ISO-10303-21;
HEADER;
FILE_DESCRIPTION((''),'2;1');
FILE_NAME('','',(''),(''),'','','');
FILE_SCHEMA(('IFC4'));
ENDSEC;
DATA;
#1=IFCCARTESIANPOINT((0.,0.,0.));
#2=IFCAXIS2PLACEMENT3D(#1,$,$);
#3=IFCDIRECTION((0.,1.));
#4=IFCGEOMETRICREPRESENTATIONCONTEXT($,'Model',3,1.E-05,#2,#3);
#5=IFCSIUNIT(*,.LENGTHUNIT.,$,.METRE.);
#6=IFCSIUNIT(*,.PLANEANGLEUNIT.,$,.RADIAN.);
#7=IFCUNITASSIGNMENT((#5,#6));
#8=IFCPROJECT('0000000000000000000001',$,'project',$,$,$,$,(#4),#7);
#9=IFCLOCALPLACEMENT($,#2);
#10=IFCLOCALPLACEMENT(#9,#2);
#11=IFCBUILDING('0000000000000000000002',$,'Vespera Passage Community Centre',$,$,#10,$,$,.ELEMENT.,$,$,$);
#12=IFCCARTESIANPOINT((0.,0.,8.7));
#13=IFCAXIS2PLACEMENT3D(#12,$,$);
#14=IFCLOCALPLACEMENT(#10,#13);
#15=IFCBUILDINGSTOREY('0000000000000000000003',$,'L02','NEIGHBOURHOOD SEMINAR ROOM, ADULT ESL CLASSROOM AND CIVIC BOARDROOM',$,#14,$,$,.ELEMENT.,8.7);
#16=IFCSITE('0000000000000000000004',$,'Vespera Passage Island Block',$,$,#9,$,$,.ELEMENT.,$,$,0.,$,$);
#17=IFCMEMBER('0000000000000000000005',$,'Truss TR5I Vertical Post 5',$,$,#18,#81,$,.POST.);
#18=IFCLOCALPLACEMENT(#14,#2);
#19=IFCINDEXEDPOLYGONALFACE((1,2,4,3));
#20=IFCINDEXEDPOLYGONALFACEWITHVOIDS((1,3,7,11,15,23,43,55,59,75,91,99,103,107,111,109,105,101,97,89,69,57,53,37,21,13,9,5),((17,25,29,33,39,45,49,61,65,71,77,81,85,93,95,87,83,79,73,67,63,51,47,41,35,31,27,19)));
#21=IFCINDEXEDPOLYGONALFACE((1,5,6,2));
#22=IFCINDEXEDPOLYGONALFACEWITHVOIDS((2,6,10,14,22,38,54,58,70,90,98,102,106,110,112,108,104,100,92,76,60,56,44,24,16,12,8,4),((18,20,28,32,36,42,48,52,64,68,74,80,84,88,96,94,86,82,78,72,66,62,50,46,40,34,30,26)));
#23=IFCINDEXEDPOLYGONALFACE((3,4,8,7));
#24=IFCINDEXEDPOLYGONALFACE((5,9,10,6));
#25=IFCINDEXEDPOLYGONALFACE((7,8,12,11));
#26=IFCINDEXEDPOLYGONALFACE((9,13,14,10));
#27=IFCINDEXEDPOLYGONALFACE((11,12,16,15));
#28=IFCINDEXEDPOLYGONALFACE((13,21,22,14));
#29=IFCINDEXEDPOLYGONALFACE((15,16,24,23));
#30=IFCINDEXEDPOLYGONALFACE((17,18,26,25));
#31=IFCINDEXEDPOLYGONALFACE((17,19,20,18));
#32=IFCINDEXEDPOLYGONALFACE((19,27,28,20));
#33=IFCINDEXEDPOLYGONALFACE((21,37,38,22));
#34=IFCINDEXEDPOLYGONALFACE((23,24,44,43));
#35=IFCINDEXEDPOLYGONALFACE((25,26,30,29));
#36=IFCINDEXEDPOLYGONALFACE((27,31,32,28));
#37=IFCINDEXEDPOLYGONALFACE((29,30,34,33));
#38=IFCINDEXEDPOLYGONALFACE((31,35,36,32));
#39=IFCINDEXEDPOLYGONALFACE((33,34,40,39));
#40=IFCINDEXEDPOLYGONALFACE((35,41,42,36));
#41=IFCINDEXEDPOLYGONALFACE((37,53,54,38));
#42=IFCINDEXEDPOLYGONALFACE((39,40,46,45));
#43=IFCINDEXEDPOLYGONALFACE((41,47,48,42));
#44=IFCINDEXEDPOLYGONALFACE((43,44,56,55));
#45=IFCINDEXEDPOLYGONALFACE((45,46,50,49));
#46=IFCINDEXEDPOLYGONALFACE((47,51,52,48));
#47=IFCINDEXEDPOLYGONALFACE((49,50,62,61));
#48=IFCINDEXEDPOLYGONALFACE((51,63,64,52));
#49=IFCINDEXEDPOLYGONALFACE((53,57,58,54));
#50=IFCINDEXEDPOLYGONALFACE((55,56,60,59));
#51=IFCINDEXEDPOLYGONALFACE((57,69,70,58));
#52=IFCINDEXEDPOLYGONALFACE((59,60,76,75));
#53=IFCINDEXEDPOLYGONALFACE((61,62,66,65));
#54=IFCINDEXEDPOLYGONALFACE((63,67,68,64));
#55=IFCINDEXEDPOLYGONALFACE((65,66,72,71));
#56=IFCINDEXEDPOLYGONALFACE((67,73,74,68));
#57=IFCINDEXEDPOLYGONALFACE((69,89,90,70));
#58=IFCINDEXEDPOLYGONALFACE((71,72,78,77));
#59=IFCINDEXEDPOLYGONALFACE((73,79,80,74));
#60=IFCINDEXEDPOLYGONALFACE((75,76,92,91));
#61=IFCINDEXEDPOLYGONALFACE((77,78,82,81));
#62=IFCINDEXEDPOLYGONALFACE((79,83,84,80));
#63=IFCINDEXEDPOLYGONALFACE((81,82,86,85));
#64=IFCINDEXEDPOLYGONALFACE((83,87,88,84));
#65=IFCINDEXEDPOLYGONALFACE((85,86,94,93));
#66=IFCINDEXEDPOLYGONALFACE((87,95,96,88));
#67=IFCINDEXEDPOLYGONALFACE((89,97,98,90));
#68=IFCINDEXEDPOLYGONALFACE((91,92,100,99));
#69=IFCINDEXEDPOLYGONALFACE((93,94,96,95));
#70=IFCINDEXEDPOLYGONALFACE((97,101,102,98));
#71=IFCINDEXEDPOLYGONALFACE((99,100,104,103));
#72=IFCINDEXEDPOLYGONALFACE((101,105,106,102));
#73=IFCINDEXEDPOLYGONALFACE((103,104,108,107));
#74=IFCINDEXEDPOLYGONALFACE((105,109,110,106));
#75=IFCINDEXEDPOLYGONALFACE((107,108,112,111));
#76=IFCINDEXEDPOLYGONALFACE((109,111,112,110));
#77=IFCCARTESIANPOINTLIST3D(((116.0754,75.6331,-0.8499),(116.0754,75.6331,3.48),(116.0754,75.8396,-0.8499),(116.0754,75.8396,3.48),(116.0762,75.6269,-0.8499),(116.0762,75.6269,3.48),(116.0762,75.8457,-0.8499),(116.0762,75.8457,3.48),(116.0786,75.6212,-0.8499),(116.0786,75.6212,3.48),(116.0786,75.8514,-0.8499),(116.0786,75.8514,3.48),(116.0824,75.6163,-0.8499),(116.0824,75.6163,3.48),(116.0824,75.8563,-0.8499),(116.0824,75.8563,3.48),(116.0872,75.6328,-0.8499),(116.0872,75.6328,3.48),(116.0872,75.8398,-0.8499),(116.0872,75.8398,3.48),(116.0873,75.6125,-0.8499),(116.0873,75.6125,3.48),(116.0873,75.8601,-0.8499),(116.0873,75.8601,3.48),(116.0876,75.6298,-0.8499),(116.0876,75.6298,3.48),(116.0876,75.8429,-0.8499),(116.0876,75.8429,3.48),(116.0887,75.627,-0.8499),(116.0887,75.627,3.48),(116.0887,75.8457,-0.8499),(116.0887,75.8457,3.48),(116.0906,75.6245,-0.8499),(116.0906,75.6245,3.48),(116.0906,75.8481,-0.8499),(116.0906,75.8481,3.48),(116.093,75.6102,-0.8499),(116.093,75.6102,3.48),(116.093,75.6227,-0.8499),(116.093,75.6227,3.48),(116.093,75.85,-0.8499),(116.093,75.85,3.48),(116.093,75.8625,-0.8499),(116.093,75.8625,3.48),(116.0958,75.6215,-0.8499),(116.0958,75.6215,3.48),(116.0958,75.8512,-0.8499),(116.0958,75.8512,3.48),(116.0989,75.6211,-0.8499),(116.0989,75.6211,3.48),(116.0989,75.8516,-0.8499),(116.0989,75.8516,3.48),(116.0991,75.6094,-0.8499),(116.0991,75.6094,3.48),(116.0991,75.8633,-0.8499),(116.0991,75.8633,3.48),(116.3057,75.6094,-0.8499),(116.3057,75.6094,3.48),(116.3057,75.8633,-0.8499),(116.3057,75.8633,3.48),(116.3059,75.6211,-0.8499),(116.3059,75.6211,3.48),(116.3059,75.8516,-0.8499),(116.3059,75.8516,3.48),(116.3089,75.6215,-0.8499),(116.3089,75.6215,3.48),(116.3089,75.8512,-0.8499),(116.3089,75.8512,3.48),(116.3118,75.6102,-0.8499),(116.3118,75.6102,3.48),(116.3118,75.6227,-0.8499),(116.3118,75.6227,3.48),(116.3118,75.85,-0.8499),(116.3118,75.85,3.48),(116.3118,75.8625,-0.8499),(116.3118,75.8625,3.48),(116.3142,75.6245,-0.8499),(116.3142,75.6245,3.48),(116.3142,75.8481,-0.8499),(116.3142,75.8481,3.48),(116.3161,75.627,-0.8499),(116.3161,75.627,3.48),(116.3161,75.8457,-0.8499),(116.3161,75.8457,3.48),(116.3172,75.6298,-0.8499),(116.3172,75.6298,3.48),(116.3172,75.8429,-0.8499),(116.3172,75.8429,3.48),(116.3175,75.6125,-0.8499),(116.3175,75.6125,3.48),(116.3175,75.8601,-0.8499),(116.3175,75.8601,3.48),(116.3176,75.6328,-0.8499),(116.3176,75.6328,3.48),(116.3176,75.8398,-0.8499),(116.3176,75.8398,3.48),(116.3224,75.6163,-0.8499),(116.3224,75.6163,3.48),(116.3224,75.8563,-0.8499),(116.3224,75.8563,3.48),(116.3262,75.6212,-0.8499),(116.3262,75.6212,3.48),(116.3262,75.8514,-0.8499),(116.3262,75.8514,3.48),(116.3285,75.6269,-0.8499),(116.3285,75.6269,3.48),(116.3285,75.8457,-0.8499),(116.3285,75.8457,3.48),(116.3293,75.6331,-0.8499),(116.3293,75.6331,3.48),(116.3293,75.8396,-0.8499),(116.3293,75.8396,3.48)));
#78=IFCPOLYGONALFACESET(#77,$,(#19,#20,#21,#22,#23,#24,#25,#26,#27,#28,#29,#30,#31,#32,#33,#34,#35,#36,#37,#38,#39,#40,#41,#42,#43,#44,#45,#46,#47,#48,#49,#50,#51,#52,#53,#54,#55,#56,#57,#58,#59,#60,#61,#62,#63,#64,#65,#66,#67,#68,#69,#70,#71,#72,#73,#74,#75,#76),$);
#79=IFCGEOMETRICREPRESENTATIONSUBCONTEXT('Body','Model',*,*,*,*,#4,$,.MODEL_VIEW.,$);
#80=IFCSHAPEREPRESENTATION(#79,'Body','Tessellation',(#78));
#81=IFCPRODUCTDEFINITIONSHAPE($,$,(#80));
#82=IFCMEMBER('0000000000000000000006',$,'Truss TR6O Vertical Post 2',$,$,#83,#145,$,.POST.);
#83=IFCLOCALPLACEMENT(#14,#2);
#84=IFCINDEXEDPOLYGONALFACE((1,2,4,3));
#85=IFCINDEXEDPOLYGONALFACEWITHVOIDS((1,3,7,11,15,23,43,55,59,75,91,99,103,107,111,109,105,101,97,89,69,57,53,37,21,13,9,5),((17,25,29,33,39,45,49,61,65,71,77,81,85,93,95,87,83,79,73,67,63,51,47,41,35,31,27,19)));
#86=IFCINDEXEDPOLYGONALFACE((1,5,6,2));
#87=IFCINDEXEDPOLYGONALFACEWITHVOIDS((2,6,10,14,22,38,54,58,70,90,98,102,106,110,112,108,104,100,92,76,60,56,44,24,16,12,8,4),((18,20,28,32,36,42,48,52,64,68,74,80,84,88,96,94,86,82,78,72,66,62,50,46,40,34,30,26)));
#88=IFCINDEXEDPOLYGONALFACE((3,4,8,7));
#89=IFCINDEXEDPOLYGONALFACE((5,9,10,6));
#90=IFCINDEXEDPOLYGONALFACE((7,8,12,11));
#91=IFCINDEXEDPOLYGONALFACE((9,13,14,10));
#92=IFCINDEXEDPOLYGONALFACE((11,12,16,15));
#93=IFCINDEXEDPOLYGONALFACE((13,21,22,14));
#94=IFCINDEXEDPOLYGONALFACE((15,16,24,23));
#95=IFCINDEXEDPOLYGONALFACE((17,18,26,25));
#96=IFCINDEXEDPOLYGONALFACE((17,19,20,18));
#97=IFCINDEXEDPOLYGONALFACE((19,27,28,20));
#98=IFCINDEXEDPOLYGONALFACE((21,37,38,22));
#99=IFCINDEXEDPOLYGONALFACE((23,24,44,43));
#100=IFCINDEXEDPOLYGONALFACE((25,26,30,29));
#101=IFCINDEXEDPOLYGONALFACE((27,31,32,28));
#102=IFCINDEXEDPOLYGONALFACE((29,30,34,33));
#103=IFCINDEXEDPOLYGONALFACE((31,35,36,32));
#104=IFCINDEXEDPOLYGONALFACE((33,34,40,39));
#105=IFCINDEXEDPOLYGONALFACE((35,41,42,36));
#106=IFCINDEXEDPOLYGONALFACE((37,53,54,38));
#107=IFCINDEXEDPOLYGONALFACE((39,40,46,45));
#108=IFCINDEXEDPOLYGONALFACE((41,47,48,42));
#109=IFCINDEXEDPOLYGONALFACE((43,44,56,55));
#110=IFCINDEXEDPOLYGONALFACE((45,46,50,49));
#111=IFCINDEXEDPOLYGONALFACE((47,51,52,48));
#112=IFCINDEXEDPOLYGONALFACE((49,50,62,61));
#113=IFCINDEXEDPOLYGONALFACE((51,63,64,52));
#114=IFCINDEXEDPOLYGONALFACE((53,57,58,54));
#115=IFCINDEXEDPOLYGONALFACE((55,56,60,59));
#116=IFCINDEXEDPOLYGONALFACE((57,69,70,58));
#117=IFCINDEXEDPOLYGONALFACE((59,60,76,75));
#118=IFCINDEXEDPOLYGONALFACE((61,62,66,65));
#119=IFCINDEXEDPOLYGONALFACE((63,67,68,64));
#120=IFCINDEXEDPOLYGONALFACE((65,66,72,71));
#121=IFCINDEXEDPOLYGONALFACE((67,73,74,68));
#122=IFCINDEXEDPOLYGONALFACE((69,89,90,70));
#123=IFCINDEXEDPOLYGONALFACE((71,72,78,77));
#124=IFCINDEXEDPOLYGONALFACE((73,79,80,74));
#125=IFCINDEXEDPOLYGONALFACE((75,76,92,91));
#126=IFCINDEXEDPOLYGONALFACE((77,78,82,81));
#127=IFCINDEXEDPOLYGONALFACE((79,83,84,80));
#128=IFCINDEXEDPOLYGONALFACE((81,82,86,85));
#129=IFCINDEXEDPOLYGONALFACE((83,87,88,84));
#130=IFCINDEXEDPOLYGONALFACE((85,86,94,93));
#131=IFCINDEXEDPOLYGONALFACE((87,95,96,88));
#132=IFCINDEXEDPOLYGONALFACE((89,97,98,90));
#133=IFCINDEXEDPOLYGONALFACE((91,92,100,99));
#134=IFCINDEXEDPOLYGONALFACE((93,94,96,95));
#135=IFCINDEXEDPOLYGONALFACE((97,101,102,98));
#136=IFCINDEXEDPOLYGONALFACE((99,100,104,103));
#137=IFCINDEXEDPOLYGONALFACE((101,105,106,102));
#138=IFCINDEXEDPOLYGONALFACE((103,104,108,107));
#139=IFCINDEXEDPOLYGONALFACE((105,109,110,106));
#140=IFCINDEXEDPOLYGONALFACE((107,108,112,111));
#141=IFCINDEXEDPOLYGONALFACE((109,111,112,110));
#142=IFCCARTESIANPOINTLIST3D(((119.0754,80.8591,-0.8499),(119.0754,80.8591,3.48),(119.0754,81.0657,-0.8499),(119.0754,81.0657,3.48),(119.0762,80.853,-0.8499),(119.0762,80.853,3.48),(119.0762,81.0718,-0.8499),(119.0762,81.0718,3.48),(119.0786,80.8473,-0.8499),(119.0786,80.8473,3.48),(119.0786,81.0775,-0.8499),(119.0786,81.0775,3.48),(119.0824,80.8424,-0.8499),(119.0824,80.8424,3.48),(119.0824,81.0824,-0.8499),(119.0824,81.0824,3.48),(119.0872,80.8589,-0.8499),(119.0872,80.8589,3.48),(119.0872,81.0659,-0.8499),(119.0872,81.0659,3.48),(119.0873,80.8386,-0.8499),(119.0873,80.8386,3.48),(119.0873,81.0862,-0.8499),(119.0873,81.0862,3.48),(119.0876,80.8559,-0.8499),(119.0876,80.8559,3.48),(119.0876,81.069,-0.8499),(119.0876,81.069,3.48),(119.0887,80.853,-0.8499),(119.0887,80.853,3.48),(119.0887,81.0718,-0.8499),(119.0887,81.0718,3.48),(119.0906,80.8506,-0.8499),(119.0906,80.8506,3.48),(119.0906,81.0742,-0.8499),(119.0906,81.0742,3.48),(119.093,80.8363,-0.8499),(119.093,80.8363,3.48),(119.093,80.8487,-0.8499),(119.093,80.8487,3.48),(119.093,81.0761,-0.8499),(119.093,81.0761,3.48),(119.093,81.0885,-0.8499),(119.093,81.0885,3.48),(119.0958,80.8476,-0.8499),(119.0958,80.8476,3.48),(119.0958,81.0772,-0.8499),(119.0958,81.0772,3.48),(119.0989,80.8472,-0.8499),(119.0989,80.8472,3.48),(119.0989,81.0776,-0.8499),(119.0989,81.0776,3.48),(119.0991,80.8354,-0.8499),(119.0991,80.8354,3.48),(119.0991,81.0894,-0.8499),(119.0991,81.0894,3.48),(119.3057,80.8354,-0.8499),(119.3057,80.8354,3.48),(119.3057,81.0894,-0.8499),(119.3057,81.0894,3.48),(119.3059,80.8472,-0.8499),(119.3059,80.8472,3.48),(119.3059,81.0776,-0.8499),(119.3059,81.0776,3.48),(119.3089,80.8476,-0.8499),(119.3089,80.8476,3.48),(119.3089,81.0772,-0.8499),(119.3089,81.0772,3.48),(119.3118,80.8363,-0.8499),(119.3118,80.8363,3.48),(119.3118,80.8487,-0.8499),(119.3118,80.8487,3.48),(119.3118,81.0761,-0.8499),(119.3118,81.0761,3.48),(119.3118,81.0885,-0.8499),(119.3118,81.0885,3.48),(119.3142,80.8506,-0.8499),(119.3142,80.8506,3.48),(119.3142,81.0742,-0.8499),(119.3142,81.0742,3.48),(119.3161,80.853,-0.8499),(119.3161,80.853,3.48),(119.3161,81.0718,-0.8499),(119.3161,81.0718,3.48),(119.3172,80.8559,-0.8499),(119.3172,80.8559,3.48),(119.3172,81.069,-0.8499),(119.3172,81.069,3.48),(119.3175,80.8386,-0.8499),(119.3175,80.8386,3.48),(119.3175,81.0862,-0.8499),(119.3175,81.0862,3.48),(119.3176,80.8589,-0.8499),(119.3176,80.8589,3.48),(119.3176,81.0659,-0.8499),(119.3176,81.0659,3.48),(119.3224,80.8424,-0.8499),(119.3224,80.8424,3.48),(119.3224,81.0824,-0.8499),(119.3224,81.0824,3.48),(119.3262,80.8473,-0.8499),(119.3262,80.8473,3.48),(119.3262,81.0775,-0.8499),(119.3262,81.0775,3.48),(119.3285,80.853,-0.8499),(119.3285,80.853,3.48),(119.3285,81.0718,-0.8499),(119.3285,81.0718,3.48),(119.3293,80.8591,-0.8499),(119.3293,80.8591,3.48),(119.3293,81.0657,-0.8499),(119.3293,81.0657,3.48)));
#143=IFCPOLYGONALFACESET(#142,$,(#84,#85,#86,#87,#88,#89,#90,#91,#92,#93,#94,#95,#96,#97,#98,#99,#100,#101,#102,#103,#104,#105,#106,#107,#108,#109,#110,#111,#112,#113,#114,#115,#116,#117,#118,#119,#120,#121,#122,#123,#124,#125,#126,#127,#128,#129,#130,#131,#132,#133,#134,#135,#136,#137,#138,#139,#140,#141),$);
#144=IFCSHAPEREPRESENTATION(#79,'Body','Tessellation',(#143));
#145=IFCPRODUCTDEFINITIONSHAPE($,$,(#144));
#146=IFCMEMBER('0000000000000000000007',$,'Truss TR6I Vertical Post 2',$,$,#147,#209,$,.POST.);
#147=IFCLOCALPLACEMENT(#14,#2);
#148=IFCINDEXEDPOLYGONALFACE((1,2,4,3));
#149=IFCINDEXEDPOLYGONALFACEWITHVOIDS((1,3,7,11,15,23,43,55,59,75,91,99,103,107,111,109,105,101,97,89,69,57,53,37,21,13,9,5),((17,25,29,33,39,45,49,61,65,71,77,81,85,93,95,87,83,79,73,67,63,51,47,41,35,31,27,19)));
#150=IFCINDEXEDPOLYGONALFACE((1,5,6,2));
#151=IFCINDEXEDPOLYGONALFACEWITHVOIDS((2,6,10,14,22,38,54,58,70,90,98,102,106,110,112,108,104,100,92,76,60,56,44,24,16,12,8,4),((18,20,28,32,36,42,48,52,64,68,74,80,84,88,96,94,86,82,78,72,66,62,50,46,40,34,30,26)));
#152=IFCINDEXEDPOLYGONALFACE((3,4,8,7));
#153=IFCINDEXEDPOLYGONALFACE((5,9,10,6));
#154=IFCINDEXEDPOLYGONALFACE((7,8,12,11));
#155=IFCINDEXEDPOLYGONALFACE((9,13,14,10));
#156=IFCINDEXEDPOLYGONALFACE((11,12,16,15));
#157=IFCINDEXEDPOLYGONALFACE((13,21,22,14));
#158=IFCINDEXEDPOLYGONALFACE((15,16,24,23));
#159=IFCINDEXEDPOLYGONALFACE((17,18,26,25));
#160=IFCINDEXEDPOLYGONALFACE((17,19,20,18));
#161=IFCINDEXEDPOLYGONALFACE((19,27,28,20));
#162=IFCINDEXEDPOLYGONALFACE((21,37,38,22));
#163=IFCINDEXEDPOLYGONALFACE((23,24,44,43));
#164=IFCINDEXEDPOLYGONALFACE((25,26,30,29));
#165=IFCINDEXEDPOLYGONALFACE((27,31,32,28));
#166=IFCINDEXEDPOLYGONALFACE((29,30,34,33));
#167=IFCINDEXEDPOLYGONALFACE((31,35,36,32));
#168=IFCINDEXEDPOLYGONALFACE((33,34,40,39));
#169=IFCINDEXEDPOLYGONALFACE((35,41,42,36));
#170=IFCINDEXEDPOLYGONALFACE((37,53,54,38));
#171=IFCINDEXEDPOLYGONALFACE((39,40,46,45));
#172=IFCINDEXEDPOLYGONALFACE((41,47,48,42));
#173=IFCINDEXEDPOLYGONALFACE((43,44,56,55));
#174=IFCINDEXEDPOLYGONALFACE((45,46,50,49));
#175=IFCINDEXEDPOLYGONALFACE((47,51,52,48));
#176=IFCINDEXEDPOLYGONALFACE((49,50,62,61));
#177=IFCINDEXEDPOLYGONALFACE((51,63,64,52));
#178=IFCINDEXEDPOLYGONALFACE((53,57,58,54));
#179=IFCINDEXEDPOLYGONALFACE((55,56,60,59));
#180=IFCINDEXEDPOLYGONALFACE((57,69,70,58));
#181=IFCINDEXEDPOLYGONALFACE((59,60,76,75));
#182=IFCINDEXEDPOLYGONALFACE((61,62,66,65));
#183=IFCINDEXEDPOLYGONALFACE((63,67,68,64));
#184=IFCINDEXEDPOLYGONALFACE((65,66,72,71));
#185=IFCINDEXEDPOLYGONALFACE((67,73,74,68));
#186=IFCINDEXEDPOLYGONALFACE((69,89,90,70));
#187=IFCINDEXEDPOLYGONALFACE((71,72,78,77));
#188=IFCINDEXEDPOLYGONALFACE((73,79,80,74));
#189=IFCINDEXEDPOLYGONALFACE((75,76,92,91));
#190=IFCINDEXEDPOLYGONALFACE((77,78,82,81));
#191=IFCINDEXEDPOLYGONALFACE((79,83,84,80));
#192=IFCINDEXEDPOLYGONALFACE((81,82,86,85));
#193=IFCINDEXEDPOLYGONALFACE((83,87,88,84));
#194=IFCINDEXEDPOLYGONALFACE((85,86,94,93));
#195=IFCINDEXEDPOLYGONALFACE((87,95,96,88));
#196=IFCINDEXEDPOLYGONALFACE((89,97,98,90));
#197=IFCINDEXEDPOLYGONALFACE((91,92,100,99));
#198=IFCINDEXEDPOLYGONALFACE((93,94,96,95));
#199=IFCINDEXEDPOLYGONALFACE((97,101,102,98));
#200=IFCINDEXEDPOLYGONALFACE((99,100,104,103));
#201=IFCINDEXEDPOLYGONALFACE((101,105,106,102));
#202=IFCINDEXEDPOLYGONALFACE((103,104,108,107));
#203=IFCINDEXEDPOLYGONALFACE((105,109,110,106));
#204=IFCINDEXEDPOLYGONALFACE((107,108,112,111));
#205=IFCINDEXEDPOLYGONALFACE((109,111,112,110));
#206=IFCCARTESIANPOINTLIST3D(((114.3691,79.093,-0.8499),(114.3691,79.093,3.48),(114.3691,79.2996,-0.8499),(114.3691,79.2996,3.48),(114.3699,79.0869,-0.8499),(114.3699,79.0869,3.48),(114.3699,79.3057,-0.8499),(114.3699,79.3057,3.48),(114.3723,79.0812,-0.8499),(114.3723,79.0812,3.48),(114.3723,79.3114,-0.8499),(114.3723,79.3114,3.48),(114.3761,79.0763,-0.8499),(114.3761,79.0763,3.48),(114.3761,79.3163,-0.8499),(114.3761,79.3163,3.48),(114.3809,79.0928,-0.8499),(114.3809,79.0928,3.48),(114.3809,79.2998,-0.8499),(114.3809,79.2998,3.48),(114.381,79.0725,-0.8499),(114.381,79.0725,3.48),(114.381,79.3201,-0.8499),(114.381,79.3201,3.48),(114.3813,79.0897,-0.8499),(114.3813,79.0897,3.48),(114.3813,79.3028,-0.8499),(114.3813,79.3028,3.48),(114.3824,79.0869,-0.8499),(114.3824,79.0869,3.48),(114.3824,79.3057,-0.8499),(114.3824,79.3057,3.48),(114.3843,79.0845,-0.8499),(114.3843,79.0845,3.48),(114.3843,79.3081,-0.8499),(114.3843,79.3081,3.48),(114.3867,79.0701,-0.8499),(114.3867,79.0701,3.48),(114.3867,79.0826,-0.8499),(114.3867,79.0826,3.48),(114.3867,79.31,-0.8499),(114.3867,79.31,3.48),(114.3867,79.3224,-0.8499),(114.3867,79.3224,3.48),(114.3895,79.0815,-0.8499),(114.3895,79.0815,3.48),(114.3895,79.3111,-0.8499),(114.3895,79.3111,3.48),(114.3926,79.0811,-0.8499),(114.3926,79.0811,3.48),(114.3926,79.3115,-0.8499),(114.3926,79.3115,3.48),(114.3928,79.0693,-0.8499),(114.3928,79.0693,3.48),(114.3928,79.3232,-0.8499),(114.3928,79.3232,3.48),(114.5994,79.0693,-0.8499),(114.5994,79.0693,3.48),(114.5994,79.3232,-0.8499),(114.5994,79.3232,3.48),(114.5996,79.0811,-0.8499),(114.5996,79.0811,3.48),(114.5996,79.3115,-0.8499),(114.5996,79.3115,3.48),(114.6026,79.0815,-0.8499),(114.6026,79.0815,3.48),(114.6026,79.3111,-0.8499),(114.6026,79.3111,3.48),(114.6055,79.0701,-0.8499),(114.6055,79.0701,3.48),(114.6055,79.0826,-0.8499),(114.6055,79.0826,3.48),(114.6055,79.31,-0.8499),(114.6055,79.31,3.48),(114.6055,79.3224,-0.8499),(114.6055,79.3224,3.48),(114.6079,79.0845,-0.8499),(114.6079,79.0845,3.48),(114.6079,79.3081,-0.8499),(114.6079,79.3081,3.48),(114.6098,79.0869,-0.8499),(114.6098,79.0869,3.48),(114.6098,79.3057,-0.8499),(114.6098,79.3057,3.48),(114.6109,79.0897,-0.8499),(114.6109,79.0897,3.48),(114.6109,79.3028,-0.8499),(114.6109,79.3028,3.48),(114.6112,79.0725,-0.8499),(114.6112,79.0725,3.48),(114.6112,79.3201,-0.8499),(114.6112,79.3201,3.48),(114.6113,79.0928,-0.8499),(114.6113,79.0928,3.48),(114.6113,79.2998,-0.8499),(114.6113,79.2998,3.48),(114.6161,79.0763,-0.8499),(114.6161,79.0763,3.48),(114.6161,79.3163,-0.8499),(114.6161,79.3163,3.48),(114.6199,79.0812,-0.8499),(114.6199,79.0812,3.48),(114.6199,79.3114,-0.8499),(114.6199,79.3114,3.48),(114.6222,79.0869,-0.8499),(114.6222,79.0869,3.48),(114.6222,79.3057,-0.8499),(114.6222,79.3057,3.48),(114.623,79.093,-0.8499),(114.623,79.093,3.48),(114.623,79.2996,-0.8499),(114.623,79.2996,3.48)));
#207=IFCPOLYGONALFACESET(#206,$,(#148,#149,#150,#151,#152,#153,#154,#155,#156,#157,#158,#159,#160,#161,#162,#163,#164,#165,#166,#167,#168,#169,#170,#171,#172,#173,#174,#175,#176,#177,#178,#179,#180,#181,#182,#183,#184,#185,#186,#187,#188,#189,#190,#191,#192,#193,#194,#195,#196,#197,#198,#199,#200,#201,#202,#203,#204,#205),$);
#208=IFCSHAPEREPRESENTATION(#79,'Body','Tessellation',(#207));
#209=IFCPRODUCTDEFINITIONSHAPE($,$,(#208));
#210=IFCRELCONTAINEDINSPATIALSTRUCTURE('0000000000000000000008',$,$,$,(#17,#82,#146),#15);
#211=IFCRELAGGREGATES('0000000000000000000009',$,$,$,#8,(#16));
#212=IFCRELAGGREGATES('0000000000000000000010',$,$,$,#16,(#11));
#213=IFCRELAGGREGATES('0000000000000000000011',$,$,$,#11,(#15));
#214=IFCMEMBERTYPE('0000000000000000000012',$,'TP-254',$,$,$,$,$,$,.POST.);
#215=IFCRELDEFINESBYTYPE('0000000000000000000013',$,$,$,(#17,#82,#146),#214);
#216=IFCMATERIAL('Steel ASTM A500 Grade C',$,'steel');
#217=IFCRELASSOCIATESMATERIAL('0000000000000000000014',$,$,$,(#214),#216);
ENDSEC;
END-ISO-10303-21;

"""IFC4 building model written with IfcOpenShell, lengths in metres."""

from ifc_helpers import new_model, si_unit, direction, frame, origin, origin_2d, place, context, subcontext, project, spatial, hollow_rectangle, extrude, material, material_profile, profile_set, type_object, element, save


model = new_model("IFC4")

# Units and contexts
model_context = context("Model", 3, precision=1e-05, world=origin(), true_north=direction((0.0, 1.0)))
body_context = subcontext(model_context, "Body", "Model", "MODEL_VIEW")
ifc_project = project(units=[si_unit("LENGTHUNIT", "METRE"), si_unit("PLANEANGLEUNIT", "RADIAN")], contexts=[model_context])

# Site, building, storey
site_placement = place(None, origin())
site = spatial("IfcSite", under=ifc_project, at=site_placement, Name="Vespera Passage Island Block", CompositionType="ELEMENT", RefElevation=0.0)
building_placement = place(site_placement, origin())
building = spatial("IfcBuilding", under=site, at=building_placement, Name="Vespera Passage Community Centre", CompositionType="ELEMENT")
storey_placement = place(building_placement, frame((0.0, 0.0, 8.7)))
storey = spatial("IfcBuildingStorey", under=building, at=storey_placement, Name="L02", Description="NEIGHBOURHOOD SEMINAR ROOM, ADULT ESL CLASSROOM AND CIVIC BOARDROOM", CompositionType="ELEMENT", Elevation=8.7)

# Members
ifc_material_1 = material(Name="Steel ASTM A500 Grade C", Category="steel")
ifc_material_profile_1 = material_profile(ifc_material_1, hollow_rectangle(XDim=0.2539, YDim=0.2539, WallThickness=0.0117, InnerFilletRadius=0.0117, OuterFilletRadius=0.0237, at=origin_2d()), Name="HSS254X254X12.7")
ifc_profile_set_1 = profile_set([ifc_material_profile_1], Name="Steel ASTM A500 Grade C")
member_type_1 = type_object("IfcMemberType", Name="TP-254", PredefinedType="POST", material=ifc_profile_set_1)
for number, where, z_axis, x_axis, name in (
    (1, (116.2024, 75.7363, -0.8499), (0.0, 0.0, 1.0), (1.0, 0.0, 0.0), "Truss TR5I Vertical Post 5"),
    (2, (119.2024, 80.9624, -0.8499), (0.0, 0.0, 1.0), (1.0, 0.0, 0.0), "Truss TR6O Vertical Post 2"),
    (3, (114.4961, 79.1963, -0.8499), (0.0, 0.0, 1.0), (1.0, 0.0, 0.0), "Truss TR6I Vertical Post 2"),
):
    element("IfcMember", number, at=place(storey_placement, frame(where, z_axis=z_axis, x_axis=x_axis)), inside=storey, type_object=member_type_1, Name=name, PredefinedType="POST", context=body_context, shape_type="SweptSolid", body=[
        extrude(hollow_rectangle(XDim=0.2539, YDim=0.2539, WallThickness=0.0117, InnerFilletRadius=0.0117, OuterFilletRadius=0.0237, at=origin_2d()), origin(), (0.0, 0.0, 1.0), 4.3298),
    ])

save(model, "model.ifc")
